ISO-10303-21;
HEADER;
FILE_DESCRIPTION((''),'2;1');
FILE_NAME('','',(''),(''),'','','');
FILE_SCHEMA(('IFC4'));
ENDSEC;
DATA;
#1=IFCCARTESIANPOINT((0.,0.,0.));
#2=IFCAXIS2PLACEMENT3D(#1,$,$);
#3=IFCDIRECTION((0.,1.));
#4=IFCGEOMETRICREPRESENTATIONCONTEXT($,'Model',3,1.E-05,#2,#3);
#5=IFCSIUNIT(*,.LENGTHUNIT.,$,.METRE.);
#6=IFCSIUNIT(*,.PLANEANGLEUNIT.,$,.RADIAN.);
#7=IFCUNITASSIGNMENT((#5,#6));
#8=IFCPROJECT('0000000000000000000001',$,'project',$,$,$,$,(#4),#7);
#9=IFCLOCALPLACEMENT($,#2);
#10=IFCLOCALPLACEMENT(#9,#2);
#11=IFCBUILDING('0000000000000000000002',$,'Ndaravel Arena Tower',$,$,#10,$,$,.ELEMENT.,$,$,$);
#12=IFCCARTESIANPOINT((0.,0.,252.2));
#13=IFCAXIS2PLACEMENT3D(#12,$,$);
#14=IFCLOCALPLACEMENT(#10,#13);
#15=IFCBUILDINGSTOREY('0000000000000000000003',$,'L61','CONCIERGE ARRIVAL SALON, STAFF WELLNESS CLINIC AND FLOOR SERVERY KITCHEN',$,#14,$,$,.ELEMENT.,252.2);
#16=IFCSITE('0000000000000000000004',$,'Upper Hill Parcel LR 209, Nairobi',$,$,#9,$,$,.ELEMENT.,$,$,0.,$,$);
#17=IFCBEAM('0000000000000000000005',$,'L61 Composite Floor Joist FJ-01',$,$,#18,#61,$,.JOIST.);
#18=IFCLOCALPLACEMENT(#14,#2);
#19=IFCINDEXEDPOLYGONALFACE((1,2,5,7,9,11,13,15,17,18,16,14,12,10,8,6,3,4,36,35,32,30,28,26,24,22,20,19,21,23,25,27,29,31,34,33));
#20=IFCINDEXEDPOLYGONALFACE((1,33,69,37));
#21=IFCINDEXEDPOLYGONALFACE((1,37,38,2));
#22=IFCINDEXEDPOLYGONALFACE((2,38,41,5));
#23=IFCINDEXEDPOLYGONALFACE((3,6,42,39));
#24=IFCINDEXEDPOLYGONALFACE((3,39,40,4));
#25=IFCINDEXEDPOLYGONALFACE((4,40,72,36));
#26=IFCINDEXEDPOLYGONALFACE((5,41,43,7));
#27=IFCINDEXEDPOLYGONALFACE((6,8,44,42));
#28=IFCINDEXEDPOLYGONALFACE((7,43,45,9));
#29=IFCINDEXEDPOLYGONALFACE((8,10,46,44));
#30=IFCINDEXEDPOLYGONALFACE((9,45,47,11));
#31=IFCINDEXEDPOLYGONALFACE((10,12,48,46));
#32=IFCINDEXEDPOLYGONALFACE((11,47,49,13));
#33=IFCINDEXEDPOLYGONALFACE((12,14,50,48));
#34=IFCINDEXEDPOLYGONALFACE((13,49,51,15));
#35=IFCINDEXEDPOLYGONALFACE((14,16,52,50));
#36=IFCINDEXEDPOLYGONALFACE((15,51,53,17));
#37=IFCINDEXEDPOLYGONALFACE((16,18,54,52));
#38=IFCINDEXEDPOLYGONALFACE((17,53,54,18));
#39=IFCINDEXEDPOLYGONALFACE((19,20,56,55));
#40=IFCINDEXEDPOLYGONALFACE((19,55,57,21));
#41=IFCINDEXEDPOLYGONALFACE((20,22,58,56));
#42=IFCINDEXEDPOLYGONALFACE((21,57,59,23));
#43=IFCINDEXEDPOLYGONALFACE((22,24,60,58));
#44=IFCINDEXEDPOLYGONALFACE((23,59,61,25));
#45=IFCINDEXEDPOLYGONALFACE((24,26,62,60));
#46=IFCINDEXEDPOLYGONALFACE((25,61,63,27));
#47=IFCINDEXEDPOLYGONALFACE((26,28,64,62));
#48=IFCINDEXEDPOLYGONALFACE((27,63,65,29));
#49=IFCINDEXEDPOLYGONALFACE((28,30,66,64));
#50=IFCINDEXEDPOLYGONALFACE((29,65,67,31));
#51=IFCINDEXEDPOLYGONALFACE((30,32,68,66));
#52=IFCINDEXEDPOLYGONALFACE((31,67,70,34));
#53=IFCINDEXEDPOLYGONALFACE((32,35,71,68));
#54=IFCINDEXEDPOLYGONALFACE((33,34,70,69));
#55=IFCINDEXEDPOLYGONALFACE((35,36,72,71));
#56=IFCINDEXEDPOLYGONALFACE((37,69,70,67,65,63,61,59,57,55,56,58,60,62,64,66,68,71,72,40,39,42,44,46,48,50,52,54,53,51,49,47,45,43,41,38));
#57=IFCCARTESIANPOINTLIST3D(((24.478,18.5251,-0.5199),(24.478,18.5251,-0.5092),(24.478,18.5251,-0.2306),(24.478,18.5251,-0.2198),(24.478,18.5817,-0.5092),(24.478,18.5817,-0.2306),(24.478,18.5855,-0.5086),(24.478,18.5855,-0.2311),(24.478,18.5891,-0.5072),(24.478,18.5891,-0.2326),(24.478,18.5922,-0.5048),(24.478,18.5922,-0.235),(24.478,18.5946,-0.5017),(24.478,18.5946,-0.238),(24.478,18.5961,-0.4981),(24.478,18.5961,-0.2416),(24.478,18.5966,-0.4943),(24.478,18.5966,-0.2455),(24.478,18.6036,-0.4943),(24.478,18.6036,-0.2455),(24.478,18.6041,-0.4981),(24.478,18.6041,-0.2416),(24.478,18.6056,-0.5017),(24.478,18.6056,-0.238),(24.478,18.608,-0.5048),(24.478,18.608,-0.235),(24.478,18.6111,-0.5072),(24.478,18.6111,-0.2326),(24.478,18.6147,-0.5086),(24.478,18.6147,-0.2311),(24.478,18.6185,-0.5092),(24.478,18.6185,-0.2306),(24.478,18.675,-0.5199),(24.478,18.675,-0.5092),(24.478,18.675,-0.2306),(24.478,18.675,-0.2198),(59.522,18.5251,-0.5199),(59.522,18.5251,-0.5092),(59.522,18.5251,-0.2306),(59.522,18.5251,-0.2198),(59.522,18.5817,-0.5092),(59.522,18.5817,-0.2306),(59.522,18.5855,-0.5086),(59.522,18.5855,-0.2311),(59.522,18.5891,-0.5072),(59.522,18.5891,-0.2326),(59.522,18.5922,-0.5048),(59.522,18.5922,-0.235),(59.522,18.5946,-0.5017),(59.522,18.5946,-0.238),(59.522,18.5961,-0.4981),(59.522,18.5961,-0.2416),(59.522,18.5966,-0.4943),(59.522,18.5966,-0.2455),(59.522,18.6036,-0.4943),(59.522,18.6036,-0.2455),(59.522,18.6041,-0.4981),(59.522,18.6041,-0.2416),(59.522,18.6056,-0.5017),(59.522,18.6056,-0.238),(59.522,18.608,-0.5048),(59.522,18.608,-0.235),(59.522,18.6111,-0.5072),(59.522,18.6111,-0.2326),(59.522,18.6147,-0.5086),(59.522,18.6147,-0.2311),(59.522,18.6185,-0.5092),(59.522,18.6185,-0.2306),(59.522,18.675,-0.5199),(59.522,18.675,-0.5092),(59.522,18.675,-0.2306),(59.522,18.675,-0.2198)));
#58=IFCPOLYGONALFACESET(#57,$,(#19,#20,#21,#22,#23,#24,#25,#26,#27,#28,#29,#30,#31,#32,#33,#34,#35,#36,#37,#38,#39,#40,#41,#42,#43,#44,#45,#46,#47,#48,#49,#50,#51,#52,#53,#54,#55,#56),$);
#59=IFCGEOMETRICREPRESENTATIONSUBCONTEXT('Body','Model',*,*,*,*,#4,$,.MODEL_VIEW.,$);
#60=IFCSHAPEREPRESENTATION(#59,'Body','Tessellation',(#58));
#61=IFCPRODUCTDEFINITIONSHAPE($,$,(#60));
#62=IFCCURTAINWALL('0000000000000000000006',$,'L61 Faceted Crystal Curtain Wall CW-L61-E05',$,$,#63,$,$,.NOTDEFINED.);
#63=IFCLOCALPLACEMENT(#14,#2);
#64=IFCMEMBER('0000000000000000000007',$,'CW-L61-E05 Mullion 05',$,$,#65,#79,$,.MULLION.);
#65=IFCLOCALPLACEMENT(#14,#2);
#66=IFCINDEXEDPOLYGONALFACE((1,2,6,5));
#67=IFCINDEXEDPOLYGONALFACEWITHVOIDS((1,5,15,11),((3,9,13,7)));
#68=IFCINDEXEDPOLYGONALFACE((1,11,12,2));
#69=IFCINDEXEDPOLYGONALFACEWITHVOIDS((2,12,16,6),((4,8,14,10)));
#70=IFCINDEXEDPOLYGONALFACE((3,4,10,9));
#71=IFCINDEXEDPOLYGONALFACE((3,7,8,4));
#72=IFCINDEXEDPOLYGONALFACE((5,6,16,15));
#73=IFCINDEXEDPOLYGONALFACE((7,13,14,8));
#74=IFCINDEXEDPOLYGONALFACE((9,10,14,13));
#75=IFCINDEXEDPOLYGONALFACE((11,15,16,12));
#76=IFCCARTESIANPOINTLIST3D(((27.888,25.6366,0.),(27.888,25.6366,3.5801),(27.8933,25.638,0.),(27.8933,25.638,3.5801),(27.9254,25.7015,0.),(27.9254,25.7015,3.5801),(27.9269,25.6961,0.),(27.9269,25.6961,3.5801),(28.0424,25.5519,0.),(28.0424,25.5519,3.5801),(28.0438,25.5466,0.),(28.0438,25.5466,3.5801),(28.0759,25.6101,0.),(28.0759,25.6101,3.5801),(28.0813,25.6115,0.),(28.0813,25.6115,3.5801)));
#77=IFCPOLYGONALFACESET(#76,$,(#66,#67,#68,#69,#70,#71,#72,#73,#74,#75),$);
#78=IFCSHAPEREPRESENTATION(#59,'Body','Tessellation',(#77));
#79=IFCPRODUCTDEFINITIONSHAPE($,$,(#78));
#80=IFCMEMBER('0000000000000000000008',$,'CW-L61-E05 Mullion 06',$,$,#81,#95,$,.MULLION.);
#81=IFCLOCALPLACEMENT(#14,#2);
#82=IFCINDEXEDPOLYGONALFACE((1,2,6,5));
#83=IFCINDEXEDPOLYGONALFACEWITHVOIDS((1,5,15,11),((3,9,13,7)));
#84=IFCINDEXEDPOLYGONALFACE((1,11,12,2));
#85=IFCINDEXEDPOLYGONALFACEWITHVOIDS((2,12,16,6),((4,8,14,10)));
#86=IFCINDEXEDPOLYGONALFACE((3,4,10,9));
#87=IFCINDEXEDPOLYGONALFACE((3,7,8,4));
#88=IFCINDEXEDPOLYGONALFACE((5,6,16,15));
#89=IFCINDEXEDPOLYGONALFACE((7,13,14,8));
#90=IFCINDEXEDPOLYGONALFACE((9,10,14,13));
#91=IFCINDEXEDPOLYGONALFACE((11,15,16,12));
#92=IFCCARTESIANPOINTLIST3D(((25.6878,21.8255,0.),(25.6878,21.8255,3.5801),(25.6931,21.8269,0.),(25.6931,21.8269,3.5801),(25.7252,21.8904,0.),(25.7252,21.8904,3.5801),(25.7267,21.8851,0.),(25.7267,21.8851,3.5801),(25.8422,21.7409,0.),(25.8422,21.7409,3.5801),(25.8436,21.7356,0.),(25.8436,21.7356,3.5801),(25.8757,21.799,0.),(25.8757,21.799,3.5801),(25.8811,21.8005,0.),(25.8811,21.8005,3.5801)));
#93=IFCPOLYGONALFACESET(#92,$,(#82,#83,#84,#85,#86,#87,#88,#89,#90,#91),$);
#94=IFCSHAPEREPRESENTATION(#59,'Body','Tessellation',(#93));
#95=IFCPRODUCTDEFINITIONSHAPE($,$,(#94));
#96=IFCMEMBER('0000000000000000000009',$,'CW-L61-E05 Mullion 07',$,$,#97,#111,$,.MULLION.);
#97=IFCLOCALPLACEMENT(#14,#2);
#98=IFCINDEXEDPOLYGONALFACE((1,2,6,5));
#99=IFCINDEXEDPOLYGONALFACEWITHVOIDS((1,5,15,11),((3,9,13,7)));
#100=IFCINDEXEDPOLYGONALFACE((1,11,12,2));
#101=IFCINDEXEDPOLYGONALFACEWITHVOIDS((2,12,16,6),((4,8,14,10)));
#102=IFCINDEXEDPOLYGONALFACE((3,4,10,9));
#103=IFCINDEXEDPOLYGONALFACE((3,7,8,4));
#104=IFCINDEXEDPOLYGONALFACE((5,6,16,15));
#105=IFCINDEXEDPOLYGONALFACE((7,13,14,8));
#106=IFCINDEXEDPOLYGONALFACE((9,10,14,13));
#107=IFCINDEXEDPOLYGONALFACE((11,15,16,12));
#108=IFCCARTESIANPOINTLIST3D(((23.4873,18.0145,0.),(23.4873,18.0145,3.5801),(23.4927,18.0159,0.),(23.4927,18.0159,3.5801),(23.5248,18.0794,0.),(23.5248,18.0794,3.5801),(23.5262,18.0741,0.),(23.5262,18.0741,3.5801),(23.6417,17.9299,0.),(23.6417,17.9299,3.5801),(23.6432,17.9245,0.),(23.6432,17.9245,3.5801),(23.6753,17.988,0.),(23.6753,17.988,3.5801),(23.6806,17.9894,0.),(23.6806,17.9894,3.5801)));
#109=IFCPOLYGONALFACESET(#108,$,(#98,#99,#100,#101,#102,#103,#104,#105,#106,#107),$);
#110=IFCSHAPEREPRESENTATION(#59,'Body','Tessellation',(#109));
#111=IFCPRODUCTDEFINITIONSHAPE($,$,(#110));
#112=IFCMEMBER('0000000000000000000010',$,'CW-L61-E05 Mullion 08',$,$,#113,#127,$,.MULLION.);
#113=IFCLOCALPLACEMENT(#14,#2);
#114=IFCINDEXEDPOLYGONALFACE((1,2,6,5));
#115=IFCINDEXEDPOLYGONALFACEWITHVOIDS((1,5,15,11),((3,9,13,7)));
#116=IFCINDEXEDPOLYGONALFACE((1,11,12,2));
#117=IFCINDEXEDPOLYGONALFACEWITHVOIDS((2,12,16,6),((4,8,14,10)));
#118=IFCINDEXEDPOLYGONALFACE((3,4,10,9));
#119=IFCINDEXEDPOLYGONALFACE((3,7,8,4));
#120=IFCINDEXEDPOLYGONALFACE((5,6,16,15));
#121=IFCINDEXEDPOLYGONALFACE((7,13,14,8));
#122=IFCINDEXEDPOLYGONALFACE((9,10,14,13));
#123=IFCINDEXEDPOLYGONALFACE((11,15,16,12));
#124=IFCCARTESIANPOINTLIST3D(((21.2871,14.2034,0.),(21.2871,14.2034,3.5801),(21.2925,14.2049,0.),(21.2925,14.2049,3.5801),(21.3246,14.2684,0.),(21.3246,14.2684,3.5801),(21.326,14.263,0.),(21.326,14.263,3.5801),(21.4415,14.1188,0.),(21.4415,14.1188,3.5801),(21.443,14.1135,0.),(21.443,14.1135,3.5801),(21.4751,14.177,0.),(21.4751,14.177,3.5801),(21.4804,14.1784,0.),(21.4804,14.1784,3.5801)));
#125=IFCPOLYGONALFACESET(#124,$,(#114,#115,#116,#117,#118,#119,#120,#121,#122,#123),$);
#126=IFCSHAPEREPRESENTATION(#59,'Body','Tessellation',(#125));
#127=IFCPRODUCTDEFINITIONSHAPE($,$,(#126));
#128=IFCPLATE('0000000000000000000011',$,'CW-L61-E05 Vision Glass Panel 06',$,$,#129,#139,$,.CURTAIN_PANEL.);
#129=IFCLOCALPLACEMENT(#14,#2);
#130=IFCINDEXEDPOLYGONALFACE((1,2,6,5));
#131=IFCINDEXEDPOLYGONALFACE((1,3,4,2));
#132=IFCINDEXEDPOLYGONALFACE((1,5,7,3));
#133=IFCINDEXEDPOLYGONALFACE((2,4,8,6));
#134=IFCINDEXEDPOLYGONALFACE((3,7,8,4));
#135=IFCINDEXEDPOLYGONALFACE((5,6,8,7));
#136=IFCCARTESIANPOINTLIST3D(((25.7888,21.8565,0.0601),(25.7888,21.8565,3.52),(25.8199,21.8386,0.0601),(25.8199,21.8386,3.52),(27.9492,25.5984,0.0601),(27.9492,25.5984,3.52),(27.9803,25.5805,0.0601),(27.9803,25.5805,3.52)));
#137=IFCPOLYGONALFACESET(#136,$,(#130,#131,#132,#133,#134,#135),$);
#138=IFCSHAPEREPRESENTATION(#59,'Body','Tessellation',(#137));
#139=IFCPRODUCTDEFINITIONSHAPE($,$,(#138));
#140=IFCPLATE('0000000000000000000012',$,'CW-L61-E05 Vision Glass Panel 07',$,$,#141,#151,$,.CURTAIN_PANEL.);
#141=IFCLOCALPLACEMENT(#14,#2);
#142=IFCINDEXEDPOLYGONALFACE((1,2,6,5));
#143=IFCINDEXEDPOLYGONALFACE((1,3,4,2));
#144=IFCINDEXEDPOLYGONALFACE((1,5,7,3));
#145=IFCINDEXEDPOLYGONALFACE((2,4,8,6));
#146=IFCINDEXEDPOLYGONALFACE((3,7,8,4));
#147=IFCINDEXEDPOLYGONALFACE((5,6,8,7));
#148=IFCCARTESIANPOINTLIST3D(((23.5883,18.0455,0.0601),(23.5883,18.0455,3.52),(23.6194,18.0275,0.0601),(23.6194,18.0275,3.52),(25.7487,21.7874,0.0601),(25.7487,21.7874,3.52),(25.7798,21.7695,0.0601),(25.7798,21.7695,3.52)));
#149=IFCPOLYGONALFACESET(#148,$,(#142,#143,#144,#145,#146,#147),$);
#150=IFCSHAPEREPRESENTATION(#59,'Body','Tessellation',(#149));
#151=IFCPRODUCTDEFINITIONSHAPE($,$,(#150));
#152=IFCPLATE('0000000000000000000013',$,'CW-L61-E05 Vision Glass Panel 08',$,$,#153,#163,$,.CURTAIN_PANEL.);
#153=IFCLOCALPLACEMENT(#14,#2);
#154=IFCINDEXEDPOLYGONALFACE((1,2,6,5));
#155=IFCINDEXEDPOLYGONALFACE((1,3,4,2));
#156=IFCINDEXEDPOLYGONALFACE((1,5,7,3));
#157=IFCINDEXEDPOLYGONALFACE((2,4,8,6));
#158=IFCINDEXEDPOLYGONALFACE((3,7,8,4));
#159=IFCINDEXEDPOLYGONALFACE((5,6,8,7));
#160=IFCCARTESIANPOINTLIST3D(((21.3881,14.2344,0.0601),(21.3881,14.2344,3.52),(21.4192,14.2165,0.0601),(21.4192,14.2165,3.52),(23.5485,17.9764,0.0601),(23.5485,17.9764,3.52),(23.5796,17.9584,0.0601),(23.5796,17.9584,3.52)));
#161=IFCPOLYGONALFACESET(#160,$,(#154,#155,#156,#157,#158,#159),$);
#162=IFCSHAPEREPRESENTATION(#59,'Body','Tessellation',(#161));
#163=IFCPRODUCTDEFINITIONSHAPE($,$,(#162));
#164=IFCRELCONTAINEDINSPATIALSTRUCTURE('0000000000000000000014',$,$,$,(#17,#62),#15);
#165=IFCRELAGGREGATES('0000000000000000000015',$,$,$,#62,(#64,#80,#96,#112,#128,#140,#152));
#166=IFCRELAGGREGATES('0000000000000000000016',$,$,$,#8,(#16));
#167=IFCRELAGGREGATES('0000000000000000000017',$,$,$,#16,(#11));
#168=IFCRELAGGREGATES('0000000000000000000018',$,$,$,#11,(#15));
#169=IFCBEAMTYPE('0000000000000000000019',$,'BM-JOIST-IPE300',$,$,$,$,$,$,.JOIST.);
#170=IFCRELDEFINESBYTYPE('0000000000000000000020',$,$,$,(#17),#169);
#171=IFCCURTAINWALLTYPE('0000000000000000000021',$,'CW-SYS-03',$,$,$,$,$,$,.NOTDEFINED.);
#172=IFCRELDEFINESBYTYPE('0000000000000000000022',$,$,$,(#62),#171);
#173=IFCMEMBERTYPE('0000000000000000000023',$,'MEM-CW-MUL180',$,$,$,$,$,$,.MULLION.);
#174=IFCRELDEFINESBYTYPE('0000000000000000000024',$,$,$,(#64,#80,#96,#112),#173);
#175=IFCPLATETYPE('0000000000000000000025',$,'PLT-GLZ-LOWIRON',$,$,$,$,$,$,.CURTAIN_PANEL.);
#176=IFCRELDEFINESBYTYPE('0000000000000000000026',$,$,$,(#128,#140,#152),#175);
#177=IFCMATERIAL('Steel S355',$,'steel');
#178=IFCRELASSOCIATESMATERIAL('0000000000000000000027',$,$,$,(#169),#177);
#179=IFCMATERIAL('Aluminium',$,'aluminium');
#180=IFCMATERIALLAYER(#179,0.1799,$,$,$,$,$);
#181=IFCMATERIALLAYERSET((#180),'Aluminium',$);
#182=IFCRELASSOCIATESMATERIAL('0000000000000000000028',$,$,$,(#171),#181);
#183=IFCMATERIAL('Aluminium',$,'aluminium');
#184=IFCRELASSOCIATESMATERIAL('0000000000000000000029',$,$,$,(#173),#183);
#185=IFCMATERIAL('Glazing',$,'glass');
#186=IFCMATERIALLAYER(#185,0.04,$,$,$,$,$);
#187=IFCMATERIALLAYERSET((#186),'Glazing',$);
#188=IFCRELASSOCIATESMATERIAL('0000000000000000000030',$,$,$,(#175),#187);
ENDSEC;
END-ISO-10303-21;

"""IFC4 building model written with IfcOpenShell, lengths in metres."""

from ifc_helpers import new_model, si_unit, direction, frame, origin, origin_2d, place, context, subcontext, project, spatial, rectangle, hollow_rectangle, i_section, extrude, material, layer, layer_set, material_profile, profile_set, type_object, element, aggregate, save


model = new_model("IFC4")

# Units and contexts
model_context = context("Model", 3, precision=1e-05, world=origin(), true_north=direction((0.0, 1.0)))
body_context = subcontext(model_context, "Body", "Model", "MODEL_VIEW")
ifc_project = project(units=[si_unit("LENGTHUNIT", "METRE"), si_unit("PLANEANGLEUNIT", "RADIAN")], contexts=[model_context])

# Site, building, storey
site_placement = place(None, origin())
site = spatial("IfcSite", under=ifc_project, at=site_placement, Name="Upper Hill Parcel LR 209, Nairobi", CompositionType="ELEMENT", RefElevation=0.0)
building_placement = place(site_placement, origin())
building = spatial("IfcBuilding", under=site, at=building_placement, Name="Ndaravel Arena Tower", CompositionType="ELEMENT")
storey_placement = place(building_placement, frame((0.0, 0.0, 252.2)))
storey = spatial("IfcBuildingStorey", under=building, at=storey_placement, Name="L61", Description="CONCIERGE ARRIVAL SALON, STAFF WELLNESS CLINIC AND FLOOR SERVERY KITCHEN", CompositionType="ELEMENT", Elevation=252.2)

# Beam
ifc_material_1 = material(Name="Steel S355", Category="steel")
ifc_material_profile_1 = material_profile(ifc_material_1, i_section(OverallWidth=0.1499, OverallDepth=0.3, WebThickness=0.0071, FlangeThickness=0.0107, FilletRadius=0.0149, at=origin_2d()), Name="IPE 300")
ifc_profile_set_1 = profile_set([ifc_material_profile_1], Name="Steel S355")
beam_type = type_object("IfcBeamType", Name="BM-JOIST-IPE300", PredefinedType="JOIST", material=ifc_profile_set_1)
beam_placement = place(storey_placement, frame((24.478, 18.6001, -0.3699), z_axis=(1.0, 0.0, 0.0), x_axis=(0.0, 1.0, 0.0)))
element("IfcBeam", 1, at=beam_placement, inside=storey, type_object=beam_type, Name="L61 Composite Floor Joist FJ-01", PredefinedType="JOIST", context=body_context, shape_type="SweptSolid", body=[
    extrude(i_section(OverallWidth=0.1499, OverallDepth=0.3, WebThickness=0.0071, FlangeThickness=0.0107, FilletRadius=0.0149, at=origin_2d()), origin(), (0.0, 0.0, 1.0), 35.0439),
])

# Curtain wall, members, plates
ifc_material_2 = material(Name="Aluminium", Category="aluminium")
ifc_layer_1 = layer(ifc_material_2, 0.1799)
ifc_layer_set_1 = layer_set([ifc_layer_1], Name="Aluminium")
curtain_wall_type = type_object("IfcCurtainWallType", Name="CW-SYS-03", PredefinedType="NOTDEFINED", material=ifc_layer_set_1)
curtain_wall_placement = place(storey_placement, origin())
curtain_wall = element("IfcCurtainWall", 2, at=curtain_wall_placement, inside=storey, type_object=curtain_wall_type, Name="L61 Faceted Crystal Curtain Wall CW-L61-E05", PredefinedType="NOTDEFINED")
ifc_material_3 = material(Name="Aluminium", Category="aluminium")
ifc_material_profile_2 = material_profile(ifc_material_3, hollow_rectangle(XDim=0.075, YDim=0.1799, WallThickness=0.0039, at=origin_2d()), Name="CW MULLION 75x180x4")
ifc_profile_set_2 = profile_set([ifc_material_profile_2], Name="Aluminium")
member_type = type_object("IfcMemberType", Name="MEM-CW-MUL180", PredefinedType="MULLION", material=ifc_profile_set_2)
member_1_placement = place(storey_placement, frame((27.9846, 25.624, 0.0), z_axis=(0.0, 0.0, 1.0), x_axis=(-0.5, -0.866025, 0.0)))
member_1 = element("IfcMember", 3, at=member_1_placement, type_object=member_type, Name="CW-L61-E05 Mullion 05", PredefinedType="MULLION", context=body_context, shape_type="SweptSolid", body=[
    extrude(hollow_rectangle(XDim=0.075, YDim=0.1799, WallThickness=0.0039, at=origin_2d()), origin(), (0.0, 0.0, 1.0), 3.5801),
])
member_2_placement = place(storey_placement, frame((25.7844, 21.813, 0.0), z_axis=(0.0, 0.0, 1.0), x_axis=(-0.5, -0.866025, 0.0)))
member_2 = element("IfcMember", 4, at=member_2_placement, type_object=member_type, Name="CW-L61-E05 Mullion 06", PredefinedType="MULLION", context=body_context, shape_type="SweptSolid", body=[
    extrude(hollow_rectangle(XDim=0.075, YDim=0.1799, WallThickness=0.0039, at=origin_2d()), origin(), (0.0, 0.0, 1.0), 3.5801),
])
member_3_placement = place(storey_placement, frame((23.584, 18.002, 0.0), z_axis=(0.0, 0.0, 1.0), x_axis=(-0.5, -0.866025, 0.0)))
member_3 = element("IfcMember", 5, at=member_3_placement, type_object=member_type, Name="CW-L61-E05 Mullion 07", PredefinedType="MULLION", context=body_context, shape_type="SweptSolid", body=[
    extrude(hollow_rectangle(XDim=0.075, YDim=0.1799, WallThickness=0.0039, at=origin_2d()), origin(), (0.0, 0.0, 1.0), 3.5801),
])
member_4_placement = place(storey_placement, frame((21.3838, 14.1909, 0.0), z_axis=(0.0, 0.0, 1.0), x_axis=(-0.5, -0.866025, 0.0)))
member_4 = element("IfcMember", 6, at=member_4_placement, type_object=member_type, Name="CW-L61-E05 Mullion 08", PredefinedType="MULLION", context=body_context, shape_type="SweptSolid", body=[
    extrude(hollow_rectangle(XDim=0.075, YDim=0.1799, WallThickness=0.0039, at=origin_2d()), origin(), (0.0, 0.0, 1.0), 3.5801),
])
ifc_material_4 = material(Name="Glazing", Category="glass")
ifc_layer_2 = layer(ifc_material_4, 0.04)
ifc_layer_set_2 = layer_set([ifc_layer_2], Name="Glazing")
plate_type = type_object("IfcPlateType", Name="PLT-GLZ-LOWIRON", PredefinedType="CURTAIN_PANEL", material=ifc_layer_set_2)
plate_1_placement = place(storey_placement, frame((26.8845, 23.7185, 0.0601), z_axis=(0.0, 0.0, 1.0), x_axis=(-0.5, -0.866025, 0.0)))
plate_1 = element("IfcPlate", 7, at=plate_1_placement, type_object=plate_type, Name="CW-L61-E05 Vision Glass Panel 06", PredefinedType="CURTAIN_PANEL", context=body_context, shape_type="SweptSolid", body=[
    extrude(rectangle(XDim=4.3208, YDim=0.0359, at=origin_2d()), origin(), (0.0, 0.0, 1.0), 3.46),
])
plate_2_placement = place(storey_placement, frame((24.6841, 19.9075, 0.0601), z_axis=(0.0, 0.0, 1.0), x_axis=(-0.5, -0.866025, 0.0)))
plate_2 = element("IfcPlate", 8, at=plate_2_placement, type_object=plate_type, Name="CW-L61-E05 Vision Glass Panel 07", PredefinedType="CURTAIN_PANEL", context=body_context, shape_type="SweptSolid", body=[
    extrude(rectangle(XDim=4.3208, YDim=0.0359, at=origin_2d()), origin(), (0.0, 0.0, 1.0), 3.46),
])
plate_3_placement = place(storey_placement, frame((22.4839, 16.0964, 0.0601), z_axis=(0.0, 0.0, 1.0), x_axis=(-0.5, -0.866025, 0.0)))
plate_3 = element("IfcPlate", 9, at=plate_3_placement, type_object=plate_type, Name="CW-L61-E05 Vision Glass Panel 08", PredefinedType="CURTAIN_PANEL", context=body_context, shape_type="SweptSolid", body=[
    extrude(rectangle(XDim=4.3208, YDim=0.0359, at=origin_2d()), origin(), (0.0, 0.0, 1.0), 3.46),
])
aggregate(curtain_wall, [member_1, member_2, member_3, member_4, plate_1, plate_2, plate_3])

save(model, "model.ifc")
